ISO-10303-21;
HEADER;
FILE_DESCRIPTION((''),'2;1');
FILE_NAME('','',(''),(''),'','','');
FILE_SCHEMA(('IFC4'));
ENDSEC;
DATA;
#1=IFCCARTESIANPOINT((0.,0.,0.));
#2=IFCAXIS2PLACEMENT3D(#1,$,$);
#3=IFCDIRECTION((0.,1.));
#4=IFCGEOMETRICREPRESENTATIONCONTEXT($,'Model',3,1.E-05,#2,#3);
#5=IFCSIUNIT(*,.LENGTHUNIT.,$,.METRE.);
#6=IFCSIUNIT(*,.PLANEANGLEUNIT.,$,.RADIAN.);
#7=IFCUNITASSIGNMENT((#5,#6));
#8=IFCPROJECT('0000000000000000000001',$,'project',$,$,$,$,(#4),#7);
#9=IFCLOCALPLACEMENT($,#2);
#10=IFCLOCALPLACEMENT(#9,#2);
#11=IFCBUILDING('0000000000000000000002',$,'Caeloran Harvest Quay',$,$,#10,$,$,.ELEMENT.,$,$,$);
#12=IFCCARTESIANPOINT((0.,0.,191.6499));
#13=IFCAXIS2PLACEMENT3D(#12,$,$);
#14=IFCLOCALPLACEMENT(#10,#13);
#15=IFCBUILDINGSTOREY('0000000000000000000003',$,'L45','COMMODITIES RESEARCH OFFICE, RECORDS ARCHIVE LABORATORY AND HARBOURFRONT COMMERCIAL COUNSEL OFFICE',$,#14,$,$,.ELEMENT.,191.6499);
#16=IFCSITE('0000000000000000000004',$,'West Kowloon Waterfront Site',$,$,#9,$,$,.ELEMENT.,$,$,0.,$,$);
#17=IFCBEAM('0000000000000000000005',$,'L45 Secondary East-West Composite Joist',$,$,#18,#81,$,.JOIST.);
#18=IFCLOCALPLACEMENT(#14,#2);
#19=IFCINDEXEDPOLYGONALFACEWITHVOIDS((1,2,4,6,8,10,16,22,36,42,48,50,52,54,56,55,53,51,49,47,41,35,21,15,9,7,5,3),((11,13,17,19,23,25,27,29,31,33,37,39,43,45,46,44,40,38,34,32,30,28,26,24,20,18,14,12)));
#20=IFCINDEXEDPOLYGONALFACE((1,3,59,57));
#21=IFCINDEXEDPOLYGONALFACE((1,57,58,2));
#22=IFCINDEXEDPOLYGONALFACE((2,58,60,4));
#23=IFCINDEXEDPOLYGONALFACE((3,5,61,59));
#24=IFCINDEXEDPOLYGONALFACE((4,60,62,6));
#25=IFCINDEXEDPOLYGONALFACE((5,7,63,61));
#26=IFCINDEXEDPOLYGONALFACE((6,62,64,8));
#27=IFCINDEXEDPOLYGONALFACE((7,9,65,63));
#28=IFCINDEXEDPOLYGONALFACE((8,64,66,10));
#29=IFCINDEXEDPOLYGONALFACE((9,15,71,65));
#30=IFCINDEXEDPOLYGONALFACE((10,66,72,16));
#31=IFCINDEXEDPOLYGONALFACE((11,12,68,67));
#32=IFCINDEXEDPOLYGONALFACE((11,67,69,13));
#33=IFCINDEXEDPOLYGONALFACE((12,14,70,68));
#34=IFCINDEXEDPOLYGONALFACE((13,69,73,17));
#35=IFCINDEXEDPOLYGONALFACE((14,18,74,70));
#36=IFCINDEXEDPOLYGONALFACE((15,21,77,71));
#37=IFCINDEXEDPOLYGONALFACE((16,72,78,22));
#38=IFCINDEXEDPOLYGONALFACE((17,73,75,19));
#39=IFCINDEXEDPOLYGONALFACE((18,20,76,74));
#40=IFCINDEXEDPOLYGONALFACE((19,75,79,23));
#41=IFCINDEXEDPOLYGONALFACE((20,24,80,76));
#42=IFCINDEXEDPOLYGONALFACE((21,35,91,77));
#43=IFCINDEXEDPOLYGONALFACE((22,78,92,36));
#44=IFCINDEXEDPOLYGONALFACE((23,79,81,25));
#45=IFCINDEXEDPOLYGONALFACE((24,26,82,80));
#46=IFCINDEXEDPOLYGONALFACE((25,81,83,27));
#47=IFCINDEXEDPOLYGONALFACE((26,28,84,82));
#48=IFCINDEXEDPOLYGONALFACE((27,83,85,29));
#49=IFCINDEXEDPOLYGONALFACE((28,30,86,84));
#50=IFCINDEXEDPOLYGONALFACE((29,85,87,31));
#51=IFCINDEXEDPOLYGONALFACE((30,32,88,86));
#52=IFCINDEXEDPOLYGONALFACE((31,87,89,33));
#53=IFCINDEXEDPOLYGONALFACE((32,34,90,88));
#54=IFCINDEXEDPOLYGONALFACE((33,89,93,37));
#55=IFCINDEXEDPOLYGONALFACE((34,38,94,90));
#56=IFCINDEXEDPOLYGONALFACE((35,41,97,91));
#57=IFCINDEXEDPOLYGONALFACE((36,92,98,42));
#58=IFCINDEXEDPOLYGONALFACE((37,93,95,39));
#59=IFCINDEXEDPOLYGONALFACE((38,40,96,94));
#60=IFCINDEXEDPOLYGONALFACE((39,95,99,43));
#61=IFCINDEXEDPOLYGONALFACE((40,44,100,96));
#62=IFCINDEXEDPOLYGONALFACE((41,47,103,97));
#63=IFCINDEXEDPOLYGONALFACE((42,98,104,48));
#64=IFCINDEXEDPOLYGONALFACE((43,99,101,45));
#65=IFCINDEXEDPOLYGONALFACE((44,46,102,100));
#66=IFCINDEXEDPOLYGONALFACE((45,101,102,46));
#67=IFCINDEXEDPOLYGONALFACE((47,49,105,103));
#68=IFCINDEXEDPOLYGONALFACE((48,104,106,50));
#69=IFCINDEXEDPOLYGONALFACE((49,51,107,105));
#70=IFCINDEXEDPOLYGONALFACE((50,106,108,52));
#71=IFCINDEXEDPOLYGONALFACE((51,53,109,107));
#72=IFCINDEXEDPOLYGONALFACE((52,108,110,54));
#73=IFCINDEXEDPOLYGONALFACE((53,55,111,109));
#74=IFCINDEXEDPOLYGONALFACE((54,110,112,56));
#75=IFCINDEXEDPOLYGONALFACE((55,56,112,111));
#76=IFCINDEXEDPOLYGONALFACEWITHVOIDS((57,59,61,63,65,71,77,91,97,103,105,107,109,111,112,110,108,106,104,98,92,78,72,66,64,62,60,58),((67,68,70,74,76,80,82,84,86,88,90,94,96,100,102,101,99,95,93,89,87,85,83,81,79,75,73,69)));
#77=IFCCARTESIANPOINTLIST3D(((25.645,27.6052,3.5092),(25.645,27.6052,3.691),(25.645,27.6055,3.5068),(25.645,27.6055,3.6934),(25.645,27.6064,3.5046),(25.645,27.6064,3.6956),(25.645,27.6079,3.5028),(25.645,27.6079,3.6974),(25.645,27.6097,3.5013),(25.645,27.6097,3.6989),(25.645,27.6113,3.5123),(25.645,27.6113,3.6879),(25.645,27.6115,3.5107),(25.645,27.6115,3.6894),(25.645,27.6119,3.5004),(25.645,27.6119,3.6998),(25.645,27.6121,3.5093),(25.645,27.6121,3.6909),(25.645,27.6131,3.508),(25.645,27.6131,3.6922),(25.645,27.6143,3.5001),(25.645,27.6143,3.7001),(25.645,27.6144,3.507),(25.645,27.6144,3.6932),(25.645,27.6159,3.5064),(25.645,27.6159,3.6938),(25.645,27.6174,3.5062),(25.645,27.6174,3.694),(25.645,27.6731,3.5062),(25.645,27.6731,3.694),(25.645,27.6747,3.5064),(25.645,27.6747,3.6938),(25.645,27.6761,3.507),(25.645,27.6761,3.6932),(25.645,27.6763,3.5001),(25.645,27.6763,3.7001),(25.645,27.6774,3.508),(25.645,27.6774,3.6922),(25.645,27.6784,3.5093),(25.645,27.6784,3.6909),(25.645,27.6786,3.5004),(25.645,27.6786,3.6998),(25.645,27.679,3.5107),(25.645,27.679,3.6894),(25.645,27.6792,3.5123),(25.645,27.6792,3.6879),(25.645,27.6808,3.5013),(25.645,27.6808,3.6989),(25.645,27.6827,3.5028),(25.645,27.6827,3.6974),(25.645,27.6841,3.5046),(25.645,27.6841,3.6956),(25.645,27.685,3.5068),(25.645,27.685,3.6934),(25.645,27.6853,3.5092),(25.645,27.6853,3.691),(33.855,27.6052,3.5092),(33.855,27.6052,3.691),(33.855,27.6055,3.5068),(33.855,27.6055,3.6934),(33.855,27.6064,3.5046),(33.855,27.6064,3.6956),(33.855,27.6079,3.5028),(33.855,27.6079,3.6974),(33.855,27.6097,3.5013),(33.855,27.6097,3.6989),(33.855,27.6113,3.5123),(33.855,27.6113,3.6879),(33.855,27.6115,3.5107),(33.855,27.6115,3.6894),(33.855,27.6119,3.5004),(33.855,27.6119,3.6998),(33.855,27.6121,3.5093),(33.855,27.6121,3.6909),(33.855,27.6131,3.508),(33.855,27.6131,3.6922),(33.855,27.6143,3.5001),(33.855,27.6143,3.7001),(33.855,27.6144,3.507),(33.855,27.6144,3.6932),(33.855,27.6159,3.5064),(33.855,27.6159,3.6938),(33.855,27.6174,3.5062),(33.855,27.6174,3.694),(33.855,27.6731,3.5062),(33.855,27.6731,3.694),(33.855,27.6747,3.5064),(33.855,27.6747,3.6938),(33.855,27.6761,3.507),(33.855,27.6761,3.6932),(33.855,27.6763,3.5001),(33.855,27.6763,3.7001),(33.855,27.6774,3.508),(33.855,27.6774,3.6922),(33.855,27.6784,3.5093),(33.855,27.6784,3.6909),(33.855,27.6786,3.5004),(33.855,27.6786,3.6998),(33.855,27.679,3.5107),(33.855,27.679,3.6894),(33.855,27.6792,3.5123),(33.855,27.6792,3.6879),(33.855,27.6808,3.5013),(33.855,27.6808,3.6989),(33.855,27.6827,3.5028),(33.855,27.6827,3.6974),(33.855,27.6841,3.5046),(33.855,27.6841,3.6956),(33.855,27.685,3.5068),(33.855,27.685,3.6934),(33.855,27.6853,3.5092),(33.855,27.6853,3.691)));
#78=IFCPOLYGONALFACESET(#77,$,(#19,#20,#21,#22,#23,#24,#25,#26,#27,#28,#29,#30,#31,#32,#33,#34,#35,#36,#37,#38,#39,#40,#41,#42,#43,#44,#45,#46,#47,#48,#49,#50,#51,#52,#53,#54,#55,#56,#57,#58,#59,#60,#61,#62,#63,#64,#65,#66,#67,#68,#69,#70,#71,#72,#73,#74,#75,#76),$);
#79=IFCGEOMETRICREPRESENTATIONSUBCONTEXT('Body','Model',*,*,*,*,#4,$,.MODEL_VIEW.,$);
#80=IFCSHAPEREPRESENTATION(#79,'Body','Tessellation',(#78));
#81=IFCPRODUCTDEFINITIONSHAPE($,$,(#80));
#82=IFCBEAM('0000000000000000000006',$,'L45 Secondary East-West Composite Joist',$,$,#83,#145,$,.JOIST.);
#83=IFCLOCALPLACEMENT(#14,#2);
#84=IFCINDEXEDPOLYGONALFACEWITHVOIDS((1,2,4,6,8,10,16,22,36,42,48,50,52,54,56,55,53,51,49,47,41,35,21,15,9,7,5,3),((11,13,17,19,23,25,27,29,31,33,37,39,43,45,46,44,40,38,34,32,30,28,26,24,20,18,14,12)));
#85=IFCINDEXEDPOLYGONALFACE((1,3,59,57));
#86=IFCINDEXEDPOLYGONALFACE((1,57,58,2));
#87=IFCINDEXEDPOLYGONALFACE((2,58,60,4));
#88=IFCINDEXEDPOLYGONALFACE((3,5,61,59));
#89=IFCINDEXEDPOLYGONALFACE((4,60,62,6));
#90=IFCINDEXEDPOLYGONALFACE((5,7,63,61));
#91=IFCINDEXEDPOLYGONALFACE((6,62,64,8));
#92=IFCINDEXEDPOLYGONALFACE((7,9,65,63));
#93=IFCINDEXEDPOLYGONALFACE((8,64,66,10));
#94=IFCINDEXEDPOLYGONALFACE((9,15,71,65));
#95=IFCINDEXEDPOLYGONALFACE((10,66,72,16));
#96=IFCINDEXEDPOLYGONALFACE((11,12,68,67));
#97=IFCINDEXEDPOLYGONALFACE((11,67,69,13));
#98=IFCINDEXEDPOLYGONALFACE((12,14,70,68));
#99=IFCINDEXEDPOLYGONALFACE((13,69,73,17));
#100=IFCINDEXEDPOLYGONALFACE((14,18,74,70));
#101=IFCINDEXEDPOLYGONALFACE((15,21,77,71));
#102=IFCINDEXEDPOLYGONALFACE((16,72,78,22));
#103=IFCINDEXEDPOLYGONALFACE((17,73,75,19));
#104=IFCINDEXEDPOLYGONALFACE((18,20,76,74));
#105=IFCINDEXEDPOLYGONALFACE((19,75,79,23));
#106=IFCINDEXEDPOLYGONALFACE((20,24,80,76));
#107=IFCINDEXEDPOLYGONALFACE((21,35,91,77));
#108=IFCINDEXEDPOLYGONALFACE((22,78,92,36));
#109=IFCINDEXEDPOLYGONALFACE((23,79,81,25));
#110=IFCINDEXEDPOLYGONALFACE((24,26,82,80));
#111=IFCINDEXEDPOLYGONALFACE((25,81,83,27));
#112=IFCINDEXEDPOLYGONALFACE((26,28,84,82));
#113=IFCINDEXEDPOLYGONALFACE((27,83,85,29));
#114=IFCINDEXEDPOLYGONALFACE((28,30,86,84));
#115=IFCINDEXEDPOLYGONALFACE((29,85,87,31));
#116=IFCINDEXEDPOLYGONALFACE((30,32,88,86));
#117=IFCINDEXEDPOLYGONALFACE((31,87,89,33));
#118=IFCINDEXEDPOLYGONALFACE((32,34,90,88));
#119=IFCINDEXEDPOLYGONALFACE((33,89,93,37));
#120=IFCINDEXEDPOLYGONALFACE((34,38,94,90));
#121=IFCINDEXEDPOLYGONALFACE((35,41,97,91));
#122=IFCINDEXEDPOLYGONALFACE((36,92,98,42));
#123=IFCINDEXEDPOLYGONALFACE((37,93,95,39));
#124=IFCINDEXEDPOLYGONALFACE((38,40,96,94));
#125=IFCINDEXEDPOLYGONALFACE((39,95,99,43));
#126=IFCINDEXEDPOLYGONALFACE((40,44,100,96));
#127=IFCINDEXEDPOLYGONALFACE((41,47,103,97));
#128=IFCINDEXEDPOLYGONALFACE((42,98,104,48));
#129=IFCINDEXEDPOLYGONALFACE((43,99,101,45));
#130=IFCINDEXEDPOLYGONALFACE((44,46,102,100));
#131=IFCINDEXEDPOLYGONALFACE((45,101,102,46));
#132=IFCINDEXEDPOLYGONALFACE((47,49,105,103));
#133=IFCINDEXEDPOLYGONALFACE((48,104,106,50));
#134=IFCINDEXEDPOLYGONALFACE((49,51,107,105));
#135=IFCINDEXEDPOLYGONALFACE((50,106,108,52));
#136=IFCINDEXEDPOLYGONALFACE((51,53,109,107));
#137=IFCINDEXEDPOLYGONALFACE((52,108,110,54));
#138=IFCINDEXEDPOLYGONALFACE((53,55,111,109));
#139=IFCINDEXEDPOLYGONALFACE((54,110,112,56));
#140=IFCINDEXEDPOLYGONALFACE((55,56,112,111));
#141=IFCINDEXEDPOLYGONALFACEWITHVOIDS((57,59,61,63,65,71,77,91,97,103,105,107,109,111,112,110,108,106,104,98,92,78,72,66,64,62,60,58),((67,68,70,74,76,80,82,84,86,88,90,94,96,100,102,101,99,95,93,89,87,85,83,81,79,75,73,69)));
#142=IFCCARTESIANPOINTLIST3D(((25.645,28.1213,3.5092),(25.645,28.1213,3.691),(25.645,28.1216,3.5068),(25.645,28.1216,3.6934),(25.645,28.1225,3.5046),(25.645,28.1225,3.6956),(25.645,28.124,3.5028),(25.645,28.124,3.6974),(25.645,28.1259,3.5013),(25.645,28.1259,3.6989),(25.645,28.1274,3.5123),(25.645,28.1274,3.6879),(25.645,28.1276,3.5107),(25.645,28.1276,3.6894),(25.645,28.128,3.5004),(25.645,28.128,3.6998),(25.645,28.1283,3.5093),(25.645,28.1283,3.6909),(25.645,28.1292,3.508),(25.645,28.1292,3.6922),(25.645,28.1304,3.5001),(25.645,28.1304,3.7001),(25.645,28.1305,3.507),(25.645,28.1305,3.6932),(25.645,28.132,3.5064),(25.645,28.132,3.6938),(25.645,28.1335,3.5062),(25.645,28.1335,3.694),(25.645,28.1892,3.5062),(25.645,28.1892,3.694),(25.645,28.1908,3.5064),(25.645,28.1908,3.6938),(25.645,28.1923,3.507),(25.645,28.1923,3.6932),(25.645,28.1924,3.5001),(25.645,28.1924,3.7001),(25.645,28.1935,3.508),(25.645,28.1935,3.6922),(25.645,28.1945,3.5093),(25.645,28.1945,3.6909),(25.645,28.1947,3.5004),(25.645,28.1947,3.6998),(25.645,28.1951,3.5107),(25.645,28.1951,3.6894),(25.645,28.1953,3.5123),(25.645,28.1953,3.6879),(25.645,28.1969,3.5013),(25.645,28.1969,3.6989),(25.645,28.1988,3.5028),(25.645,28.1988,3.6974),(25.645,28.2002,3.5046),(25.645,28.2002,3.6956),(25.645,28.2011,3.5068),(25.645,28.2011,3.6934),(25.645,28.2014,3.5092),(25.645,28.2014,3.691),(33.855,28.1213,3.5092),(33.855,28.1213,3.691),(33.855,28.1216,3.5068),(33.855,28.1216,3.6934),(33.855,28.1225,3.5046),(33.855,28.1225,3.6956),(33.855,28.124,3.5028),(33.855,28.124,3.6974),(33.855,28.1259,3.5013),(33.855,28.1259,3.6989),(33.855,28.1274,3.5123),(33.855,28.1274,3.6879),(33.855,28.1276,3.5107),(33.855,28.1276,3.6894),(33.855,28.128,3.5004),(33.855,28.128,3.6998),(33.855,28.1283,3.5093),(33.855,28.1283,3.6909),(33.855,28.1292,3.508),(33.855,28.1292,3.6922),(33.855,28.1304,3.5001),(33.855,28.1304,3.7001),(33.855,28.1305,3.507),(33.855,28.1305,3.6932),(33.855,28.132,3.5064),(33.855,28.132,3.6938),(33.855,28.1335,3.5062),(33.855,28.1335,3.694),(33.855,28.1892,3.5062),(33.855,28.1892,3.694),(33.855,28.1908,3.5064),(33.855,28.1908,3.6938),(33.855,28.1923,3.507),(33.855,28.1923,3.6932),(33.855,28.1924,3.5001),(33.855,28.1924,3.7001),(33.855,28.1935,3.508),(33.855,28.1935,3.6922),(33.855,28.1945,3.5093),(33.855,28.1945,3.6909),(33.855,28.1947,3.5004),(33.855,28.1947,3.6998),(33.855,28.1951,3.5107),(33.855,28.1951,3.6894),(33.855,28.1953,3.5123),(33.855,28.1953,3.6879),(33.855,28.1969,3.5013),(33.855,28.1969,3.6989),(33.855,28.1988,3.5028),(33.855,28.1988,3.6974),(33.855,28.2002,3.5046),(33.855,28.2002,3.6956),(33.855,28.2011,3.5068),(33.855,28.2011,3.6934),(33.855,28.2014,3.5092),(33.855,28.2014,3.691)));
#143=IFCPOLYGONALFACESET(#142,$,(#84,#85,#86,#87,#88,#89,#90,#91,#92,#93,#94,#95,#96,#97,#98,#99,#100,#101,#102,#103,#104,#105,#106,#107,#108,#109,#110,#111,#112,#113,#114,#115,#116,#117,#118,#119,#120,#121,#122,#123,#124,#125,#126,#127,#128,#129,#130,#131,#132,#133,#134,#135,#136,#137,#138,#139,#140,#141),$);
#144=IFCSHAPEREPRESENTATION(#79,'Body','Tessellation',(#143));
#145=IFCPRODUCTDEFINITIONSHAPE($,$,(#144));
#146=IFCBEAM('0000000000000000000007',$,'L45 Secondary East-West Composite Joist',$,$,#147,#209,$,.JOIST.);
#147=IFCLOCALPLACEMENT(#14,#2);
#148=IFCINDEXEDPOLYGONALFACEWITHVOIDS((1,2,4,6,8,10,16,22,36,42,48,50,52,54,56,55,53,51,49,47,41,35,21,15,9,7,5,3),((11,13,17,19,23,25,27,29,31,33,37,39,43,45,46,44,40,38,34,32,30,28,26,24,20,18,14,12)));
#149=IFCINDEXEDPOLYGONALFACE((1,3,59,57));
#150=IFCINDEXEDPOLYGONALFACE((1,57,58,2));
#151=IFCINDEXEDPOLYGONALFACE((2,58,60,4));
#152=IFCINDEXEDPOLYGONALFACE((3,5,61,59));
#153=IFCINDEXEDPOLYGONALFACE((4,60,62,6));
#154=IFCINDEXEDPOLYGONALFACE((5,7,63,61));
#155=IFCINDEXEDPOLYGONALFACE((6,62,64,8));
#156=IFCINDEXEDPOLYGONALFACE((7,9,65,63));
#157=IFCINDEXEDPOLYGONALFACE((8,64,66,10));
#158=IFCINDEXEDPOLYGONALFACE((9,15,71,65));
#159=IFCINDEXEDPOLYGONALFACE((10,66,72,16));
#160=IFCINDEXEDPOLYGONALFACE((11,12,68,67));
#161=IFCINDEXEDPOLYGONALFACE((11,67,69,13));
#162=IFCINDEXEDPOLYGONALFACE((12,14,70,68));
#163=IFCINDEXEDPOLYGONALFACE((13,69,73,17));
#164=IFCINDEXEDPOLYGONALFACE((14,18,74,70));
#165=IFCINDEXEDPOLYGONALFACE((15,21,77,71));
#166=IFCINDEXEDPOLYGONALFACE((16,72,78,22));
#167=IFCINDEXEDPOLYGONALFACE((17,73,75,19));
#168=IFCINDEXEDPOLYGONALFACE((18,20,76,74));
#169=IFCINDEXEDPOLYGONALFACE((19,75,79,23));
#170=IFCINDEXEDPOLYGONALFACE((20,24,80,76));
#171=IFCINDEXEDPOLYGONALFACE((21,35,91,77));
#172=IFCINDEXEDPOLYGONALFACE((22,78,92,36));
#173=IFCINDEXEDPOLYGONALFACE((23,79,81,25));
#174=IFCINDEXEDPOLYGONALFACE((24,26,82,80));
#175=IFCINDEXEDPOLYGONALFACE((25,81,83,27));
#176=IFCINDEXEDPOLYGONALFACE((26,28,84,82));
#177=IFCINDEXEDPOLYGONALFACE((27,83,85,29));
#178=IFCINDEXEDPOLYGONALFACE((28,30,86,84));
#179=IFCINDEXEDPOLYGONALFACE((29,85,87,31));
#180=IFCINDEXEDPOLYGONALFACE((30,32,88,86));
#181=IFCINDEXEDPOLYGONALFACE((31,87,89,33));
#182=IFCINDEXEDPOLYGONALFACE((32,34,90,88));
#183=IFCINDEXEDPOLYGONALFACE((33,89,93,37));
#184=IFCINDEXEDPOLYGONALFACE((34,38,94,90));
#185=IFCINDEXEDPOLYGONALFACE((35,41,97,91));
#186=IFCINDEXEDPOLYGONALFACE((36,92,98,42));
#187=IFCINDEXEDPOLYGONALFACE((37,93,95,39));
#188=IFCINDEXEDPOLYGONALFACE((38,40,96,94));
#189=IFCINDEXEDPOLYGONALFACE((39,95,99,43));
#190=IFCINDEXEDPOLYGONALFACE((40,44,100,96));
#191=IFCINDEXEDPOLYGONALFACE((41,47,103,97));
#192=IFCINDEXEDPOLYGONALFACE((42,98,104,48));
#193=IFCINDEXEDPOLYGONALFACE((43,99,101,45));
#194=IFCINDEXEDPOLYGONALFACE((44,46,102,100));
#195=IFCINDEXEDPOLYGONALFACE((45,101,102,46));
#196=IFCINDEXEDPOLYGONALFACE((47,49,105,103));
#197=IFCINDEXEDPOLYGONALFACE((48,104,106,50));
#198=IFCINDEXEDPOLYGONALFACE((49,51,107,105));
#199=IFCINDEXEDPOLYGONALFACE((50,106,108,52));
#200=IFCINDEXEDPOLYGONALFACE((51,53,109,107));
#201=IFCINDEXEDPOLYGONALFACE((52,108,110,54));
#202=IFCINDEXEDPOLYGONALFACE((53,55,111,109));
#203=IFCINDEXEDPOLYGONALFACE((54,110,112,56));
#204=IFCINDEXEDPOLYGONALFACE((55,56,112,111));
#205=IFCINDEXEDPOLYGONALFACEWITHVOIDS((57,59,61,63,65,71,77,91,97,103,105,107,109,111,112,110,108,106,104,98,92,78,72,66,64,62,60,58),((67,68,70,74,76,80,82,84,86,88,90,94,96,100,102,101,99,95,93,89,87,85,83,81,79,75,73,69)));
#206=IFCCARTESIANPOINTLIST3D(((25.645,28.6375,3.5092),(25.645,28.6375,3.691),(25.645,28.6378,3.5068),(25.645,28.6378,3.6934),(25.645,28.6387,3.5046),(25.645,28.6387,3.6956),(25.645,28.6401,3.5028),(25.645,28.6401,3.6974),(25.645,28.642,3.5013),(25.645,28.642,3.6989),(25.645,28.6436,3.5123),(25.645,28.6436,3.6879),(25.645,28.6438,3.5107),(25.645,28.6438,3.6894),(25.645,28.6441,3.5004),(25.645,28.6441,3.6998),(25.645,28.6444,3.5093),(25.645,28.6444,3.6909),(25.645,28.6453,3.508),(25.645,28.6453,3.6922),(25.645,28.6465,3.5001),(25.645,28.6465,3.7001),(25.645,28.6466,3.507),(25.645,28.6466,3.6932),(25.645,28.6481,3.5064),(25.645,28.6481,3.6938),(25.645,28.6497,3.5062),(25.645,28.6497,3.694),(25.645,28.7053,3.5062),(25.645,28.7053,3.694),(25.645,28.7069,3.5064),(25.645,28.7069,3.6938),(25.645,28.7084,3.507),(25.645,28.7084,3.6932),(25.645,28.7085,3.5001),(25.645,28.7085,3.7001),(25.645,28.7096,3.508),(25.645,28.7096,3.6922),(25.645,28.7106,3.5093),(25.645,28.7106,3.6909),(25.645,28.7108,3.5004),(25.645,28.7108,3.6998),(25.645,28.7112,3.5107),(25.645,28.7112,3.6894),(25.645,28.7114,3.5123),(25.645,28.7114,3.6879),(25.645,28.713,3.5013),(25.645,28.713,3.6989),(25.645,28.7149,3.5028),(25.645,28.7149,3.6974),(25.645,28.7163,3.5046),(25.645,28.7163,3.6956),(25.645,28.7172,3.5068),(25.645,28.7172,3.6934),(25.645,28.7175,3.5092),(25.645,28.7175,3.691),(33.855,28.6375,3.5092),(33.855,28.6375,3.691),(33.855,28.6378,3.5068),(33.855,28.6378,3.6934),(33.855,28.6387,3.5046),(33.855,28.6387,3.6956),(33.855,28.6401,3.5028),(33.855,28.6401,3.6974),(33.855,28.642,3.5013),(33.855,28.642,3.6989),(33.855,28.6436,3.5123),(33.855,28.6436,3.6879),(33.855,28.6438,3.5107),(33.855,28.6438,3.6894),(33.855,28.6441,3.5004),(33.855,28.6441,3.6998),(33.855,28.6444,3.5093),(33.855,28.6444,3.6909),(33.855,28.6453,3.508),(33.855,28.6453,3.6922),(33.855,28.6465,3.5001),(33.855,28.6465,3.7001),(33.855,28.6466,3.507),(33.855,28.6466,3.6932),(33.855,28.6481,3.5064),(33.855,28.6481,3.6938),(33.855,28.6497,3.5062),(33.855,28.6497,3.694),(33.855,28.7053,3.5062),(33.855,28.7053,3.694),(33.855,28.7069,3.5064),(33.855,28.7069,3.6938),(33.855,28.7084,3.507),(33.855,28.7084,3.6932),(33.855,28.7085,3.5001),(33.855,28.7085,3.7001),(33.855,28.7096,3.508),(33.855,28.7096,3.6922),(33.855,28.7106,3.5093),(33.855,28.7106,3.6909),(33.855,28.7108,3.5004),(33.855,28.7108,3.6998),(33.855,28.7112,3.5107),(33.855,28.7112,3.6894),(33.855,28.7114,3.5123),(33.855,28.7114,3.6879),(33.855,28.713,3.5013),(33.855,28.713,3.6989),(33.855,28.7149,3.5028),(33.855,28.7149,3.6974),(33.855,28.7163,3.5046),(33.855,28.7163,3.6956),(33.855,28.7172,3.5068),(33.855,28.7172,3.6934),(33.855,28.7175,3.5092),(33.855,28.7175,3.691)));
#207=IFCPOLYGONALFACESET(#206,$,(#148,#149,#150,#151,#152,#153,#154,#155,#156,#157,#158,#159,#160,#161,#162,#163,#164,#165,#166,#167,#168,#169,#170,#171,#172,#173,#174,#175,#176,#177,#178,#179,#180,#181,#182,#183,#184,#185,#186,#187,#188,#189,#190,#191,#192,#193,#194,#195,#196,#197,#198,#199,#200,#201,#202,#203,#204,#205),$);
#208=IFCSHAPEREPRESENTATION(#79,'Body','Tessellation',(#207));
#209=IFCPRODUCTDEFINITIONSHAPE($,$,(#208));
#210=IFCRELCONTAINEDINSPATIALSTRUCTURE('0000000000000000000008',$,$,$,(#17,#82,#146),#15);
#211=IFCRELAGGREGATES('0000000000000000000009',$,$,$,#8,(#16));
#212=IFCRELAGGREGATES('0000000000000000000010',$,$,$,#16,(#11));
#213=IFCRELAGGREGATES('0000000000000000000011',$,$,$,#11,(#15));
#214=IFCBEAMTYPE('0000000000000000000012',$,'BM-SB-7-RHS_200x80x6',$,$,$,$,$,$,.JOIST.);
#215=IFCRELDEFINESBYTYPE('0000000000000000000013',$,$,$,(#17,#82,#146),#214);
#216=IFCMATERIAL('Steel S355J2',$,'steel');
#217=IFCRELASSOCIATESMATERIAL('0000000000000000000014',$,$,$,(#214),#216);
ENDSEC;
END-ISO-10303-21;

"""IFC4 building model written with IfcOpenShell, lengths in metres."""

from ifc_helpers import new_model, si_unit, direction, frame, origin, origin_2d, place, context, subcontext, project, spatial, hollow_rectangle, extrude, material, material_profile, profile_set, type_object, element, save


model = new_model("IFC4")

# Units and contexts
model_context = context("Model", 3, precision=1e-05, world=origin(), true_north=direction((0.0, 1.0)))
body_context = subcontext(model_context, "Body", "Model", "MODEL_VIEW")
ifc_project = project(units=[si_unit("LENGTHUNIT", "METRE"), si_unit("PLANEANGLEUNIT", "RADIAN")], contexts=[model_context])

# Site, building, storey
site_placement = place(None, origin())
site = spatial("IfcSite", under=ifc_project, at=site_placement, Name="West Kowloon Waterfront Site", CompositionType="ELEMENT", RefElevation=0.0)
building_placement = place(site_placement, origin())
building = spatial("IfcBuilding", under=site, at=building_placement, Name="Caeloran Harvest Quay", CompositionType="ELEMENT")
storey_placement = place(building_placement, frame((0.0, 0.0, 191.6499)))
storey = spatial("IfcBuildingStorey", under=building, at=storey_placement, Name="L45", Description="COMMODITIES RESEARCH OFFICE, RECORDS ARCHIVE LABORATORY AND HARBOURFRONT COMMERCIAL COUNSEL OFFICE", CompositionType="ELEMENT", Elevation=191.6499)

# Beams
ifc_material_1 = material(Name="Steel S355J2", Category="steel")
ifc_material_profile_1 = material_profile(ifc_material_1, hollow_rectangle(XDim=0.0801, YDim=0.2, WallThickness=0.0061, InnerFilletRadius=0.0061, OuterFilletRadius=0.009, at=origin_2d()), Name="RHS 200x80x6")
ifc_profile_set_1 = profile_set([ifc_material_profile_1], Name="Steel S355J2")
beam_type_1 = type_object("IfcBeamType", Name="BM-SB-7-RHS_200x80x6", PredefinedType="JOIST", material=ifc_profile_set_1)
for number, where, z_axis, x_axis, name in (
    (1, (25.645, 27.6453, 3.6001), (1.0, 0.0, 0.0), (0.0, 1.0, 0.0), "L45 Secondary East-West Composite Joist"),
    (2, (25.645, 28.1614, 3.6001), (1.0, 0.0, 0.0), (0.0, 1.0, 0.0), "L45 Secondary East-West Composite Joist"),
    (3, (25.645, 28.6775, 3.6001), (1.0, 0.0, 0.0), (0.0, 1.0, 0.0), "L45 Secondary East-West Composite Joist"),
):
    element("IfcBeam", number, at=place(storey_placement, frame(where, z_axis=z_axis, x_axis=x_axis)), inside=storey, type_object=beam_type_1, Name=name, PredefinedType="JOIST", context=body_context, shape_type="SweptSolid", body=[
        extrude(hollow_rectangle(XDim=0.0801, YDim=0.2, WallThickness=0.0061, InnerFilletRadius=0.0061, OuterFilletRadius=0.009, at=origin_2d()), origin(), (0.0, 0.0, 1.0), 8.21),
    ])

save(model, "model.ifc")
